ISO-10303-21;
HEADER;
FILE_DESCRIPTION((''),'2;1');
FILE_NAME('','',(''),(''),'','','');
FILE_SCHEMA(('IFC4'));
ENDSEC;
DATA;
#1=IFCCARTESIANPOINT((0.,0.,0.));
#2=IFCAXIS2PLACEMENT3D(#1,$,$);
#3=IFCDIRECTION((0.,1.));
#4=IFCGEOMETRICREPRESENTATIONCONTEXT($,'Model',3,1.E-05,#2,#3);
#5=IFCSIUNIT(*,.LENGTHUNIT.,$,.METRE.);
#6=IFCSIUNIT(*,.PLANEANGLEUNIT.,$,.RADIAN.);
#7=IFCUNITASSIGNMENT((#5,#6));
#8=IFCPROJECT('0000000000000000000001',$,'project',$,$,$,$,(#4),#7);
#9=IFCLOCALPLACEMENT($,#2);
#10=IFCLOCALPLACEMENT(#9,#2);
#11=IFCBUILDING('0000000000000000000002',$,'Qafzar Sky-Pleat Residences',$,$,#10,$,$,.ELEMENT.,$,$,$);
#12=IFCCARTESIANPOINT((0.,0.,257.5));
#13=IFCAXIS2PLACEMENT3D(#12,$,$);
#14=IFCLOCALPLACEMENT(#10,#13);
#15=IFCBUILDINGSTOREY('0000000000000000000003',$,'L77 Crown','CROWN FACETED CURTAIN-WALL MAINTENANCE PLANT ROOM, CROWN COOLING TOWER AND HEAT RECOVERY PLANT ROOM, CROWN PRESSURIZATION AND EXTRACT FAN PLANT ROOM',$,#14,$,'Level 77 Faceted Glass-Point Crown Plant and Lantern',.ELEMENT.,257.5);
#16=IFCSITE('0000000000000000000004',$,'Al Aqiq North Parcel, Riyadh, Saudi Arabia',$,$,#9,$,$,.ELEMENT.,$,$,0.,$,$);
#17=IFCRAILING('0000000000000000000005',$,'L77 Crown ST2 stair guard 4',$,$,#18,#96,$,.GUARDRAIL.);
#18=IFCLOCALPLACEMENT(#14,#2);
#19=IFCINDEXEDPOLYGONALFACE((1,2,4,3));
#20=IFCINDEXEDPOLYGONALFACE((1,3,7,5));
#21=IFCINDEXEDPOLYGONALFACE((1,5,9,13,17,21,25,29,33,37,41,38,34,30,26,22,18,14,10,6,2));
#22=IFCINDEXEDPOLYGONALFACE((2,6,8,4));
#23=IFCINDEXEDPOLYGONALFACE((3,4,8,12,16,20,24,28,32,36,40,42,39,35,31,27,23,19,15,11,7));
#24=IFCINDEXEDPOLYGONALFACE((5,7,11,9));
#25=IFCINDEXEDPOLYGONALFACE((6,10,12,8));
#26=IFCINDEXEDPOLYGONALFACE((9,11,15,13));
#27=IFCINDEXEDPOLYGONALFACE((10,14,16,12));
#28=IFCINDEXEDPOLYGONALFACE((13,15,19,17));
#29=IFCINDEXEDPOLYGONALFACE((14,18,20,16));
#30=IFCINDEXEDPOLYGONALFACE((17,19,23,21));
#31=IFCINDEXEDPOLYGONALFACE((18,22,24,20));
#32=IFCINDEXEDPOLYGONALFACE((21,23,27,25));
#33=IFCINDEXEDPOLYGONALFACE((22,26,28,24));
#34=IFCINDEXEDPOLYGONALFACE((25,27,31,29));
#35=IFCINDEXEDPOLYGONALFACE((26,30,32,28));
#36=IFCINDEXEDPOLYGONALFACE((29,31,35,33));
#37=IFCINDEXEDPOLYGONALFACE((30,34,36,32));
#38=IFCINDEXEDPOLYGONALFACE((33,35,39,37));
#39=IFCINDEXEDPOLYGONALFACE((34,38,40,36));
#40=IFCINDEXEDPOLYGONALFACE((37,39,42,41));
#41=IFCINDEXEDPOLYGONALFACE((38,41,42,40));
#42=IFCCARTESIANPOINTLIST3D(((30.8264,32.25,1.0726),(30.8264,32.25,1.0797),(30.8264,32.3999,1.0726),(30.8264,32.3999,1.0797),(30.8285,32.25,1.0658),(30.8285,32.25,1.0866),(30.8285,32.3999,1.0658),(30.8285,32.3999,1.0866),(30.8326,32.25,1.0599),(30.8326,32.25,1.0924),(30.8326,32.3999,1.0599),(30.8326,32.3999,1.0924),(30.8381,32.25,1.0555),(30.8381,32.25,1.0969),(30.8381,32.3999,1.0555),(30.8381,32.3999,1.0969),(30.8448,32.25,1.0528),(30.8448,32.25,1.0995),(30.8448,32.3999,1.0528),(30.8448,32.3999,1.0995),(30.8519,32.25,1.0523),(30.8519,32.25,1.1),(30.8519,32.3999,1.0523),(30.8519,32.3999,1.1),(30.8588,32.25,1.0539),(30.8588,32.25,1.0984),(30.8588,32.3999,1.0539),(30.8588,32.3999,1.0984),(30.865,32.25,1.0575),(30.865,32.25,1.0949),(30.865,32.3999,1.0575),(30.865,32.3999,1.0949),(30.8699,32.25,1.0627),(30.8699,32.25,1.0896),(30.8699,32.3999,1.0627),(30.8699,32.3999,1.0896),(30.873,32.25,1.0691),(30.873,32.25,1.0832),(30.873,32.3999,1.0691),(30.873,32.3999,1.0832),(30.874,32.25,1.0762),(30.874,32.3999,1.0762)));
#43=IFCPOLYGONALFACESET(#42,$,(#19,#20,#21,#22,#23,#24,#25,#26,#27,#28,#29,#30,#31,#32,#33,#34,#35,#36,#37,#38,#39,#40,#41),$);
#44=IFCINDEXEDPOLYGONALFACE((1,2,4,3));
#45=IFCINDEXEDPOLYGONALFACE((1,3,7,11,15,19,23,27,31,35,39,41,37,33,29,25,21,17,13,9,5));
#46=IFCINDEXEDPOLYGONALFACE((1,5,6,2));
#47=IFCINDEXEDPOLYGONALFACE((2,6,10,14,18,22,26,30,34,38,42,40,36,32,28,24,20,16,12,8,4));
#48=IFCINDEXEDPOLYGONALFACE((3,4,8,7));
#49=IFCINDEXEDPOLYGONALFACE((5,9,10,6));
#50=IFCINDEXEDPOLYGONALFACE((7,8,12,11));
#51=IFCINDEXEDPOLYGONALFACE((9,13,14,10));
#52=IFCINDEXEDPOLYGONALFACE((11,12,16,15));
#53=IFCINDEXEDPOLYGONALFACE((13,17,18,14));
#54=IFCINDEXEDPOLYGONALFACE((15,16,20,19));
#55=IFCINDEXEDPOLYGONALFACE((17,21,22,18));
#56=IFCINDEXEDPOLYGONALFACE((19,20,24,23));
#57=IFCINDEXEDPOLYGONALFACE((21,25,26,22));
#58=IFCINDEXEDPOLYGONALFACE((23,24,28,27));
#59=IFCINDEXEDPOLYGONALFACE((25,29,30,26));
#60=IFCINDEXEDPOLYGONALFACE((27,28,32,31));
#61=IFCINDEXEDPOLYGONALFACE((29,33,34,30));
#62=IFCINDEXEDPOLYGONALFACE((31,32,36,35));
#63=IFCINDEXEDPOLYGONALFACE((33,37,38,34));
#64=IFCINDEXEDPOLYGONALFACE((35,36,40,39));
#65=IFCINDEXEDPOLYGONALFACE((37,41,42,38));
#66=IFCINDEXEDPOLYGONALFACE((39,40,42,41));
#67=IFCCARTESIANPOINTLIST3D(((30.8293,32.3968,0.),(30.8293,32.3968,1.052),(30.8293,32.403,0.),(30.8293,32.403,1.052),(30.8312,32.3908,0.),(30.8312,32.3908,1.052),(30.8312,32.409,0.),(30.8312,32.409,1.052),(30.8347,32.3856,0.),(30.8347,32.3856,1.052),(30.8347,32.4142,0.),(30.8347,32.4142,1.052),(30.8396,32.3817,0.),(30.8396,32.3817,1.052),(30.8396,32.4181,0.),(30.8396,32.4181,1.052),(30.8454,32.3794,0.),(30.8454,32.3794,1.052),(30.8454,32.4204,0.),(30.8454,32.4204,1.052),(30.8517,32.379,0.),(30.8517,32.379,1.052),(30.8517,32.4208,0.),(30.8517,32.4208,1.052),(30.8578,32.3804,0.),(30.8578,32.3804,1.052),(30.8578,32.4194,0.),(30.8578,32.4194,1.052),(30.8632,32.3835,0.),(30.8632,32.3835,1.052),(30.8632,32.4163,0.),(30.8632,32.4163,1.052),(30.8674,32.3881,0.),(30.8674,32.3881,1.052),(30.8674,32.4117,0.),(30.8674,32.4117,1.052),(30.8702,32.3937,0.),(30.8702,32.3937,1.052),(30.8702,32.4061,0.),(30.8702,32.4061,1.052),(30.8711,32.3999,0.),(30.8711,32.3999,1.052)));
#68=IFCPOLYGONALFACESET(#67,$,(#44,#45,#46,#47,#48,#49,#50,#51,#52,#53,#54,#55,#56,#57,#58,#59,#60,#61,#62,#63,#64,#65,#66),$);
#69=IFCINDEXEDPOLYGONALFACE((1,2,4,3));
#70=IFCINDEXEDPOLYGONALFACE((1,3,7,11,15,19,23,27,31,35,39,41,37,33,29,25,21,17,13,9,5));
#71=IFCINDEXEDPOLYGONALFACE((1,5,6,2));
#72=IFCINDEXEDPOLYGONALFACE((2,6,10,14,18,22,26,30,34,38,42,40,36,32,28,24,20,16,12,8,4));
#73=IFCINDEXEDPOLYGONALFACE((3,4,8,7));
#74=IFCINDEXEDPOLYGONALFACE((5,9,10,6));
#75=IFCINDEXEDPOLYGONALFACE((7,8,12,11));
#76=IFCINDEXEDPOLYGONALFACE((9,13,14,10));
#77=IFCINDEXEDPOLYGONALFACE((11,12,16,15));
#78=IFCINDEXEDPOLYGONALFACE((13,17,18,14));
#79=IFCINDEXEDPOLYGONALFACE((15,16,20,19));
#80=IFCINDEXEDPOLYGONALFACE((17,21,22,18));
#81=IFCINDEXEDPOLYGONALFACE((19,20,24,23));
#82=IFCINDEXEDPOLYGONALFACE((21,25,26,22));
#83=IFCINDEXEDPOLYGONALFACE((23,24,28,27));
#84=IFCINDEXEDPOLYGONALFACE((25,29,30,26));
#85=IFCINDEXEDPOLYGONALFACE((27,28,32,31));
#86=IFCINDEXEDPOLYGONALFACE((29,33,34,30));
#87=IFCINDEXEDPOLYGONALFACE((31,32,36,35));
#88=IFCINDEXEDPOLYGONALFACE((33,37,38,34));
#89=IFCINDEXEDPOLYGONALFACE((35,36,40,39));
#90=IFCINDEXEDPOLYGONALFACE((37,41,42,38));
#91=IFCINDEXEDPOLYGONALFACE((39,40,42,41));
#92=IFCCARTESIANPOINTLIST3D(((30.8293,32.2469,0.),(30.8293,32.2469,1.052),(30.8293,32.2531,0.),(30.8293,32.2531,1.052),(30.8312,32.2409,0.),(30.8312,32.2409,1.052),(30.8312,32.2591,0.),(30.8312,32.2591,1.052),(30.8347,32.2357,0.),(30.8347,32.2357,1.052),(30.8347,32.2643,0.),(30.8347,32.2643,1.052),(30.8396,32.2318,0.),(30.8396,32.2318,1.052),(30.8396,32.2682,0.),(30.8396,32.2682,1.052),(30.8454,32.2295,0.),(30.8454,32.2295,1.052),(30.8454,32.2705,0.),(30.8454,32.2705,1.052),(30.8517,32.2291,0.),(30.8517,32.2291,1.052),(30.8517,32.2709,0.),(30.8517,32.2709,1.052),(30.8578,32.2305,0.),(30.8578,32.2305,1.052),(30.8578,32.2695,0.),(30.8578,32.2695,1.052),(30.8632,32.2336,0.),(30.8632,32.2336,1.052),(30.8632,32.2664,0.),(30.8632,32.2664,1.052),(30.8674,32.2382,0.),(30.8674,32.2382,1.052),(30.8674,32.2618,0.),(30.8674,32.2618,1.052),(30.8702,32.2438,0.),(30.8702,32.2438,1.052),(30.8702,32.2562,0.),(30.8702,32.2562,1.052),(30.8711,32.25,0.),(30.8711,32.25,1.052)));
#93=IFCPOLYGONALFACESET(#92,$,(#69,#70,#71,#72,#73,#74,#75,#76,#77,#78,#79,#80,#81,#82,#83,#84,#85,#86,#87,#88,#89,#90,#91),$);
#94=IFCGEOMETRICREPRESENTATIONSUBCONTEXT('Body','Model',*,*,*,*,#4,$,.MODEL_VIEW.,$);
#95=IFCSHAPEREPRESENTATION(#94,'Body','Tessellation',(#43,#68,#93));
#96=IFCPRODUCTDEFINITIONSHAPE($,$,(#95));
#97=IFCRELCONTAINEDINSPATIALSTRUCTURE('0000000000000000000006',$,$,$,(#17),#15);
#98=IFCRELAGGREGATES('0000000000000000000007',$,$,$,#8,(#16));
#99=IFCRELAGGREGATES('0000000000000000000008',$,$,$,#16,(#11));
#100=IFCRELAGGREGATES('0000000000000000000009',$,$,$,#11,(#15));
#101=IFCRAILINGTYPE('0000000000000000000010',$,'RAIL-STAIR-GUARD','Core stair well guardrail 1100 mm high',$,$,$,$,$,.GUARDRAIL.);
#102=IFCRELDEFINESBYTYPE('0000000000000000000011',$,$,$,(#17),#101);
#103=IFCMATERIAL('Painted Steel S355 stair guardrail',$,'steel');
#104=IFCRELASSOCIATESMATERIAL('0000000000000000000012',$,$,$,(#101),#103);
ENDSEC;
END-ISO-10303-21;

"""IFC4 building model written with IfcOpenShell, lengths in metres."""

from ifc_helpers import new_model, si_unit, direction, frame, origin, origin_2d, place, context, subcontext, project, spatial, circle, extrude, source, transform, mapped, material, type_object, element, save


model = new_model("IFC4")

# Units and contexts
model_context = context("Model", 3, precision=1e-05, world=origin(), true_north=direction((0.0, 1.0)))
body_context = subcontext(model_context, "Body", "Model", "MODEL_VIEW")
ifc_project = project(units=[si_unit("LENGTHUNIT", "METRE"), si_unit("PLANEANGLEUNIT", "RADIAN")], contexts=[model_context])

# Site, building, storey
site_placement = place(None, origin())
site = spatial("IfcSite", under=ifc_project, at=site_placement, Name="Al Aqiq North Parcel, Riyadh, Saudi Arabia", CompositionType="ELEMENT", RefElevation=0.0)
building_placement = place(site_placement, origin())
building = spatial("IfcBuilding", under=site, at=building_placement, Name="Qafzar Sky-Pleat Residences", CompositionType="ELEMENT")
storey_placement = place(building_placement, frame((0.0, 0.0, 257.5)))
storey = spatial("IfcBuildingStorey", under=building, at=storey_placement, Name="L77 Crown", Description="CROWN FACETED CURTAIN-WALL MAINTENANCE PLANT ROOM, CROWN COOLING TOWER AND HEAT RECOVERY PLANT ROOM, CROWN PRESSURIZATION AND EXTRACT FAN PLANT ROOM", LongName="Level 77 Faceted Glass-Point Crown Plant and Lantern", CompositionType="ELEMENT", Elevation=257.5)

# Railing
ifc_material_1 = material(Name="Painted Steel S355 stair guardrail", Category="steel")
railing_type_1 = type_object("IfcRailingType", Name="RAIL-STAIR-GUARD", Description="Core stair well guardrail 1100 mm high", PredefinedType="GUARDRAIL", material=ifc_material_1)
shared_shape_1 = source(origin(), body_context, "Body", "SweptSolid", [
    extrude(circle(Radius=0.0239, at=origin_2d()), frame((0.0, 0.0, 1.0762), z_axis=(0.0, -1.0, 0.0), x_axis=(1.0, 0.0, 0.0)), (0.0, 0.0, 1.0), 0.1499),
    extrude(circle(Radius=0.021, at=origin_2d()), origin(), (0.0, 0.0, 1.0), 1.052),
    extrude(circle(Radius=0.021, at=origin_2d()), frame((0.0, -0.1499, 0.0)), (0.0, 0.0, 1.0), 1.052),
])
railing_1_placement = place(storey_placement, frame((30.8501, 32.3999, 0.0)))
element("IfcRailing", 1, at=railing_1_placement, inside=storey, type_object=railing_type_1, Name="L77 Crown ST2 stair guard 4", PredefinedType="GUARDRAIL", context=body_context, shape_type="MappedRepresentation", body=[
    mapped(shared_shape_1, transform((0.0, 0.0, 0.0), x_axis=(1.0, 0.0, 0.0), y_axis=(0.0, 1.0, 0.0), z_axis=(0.0, 0.0, 1.0), scale=1.0)),
])

save(model, "model.ifc")
